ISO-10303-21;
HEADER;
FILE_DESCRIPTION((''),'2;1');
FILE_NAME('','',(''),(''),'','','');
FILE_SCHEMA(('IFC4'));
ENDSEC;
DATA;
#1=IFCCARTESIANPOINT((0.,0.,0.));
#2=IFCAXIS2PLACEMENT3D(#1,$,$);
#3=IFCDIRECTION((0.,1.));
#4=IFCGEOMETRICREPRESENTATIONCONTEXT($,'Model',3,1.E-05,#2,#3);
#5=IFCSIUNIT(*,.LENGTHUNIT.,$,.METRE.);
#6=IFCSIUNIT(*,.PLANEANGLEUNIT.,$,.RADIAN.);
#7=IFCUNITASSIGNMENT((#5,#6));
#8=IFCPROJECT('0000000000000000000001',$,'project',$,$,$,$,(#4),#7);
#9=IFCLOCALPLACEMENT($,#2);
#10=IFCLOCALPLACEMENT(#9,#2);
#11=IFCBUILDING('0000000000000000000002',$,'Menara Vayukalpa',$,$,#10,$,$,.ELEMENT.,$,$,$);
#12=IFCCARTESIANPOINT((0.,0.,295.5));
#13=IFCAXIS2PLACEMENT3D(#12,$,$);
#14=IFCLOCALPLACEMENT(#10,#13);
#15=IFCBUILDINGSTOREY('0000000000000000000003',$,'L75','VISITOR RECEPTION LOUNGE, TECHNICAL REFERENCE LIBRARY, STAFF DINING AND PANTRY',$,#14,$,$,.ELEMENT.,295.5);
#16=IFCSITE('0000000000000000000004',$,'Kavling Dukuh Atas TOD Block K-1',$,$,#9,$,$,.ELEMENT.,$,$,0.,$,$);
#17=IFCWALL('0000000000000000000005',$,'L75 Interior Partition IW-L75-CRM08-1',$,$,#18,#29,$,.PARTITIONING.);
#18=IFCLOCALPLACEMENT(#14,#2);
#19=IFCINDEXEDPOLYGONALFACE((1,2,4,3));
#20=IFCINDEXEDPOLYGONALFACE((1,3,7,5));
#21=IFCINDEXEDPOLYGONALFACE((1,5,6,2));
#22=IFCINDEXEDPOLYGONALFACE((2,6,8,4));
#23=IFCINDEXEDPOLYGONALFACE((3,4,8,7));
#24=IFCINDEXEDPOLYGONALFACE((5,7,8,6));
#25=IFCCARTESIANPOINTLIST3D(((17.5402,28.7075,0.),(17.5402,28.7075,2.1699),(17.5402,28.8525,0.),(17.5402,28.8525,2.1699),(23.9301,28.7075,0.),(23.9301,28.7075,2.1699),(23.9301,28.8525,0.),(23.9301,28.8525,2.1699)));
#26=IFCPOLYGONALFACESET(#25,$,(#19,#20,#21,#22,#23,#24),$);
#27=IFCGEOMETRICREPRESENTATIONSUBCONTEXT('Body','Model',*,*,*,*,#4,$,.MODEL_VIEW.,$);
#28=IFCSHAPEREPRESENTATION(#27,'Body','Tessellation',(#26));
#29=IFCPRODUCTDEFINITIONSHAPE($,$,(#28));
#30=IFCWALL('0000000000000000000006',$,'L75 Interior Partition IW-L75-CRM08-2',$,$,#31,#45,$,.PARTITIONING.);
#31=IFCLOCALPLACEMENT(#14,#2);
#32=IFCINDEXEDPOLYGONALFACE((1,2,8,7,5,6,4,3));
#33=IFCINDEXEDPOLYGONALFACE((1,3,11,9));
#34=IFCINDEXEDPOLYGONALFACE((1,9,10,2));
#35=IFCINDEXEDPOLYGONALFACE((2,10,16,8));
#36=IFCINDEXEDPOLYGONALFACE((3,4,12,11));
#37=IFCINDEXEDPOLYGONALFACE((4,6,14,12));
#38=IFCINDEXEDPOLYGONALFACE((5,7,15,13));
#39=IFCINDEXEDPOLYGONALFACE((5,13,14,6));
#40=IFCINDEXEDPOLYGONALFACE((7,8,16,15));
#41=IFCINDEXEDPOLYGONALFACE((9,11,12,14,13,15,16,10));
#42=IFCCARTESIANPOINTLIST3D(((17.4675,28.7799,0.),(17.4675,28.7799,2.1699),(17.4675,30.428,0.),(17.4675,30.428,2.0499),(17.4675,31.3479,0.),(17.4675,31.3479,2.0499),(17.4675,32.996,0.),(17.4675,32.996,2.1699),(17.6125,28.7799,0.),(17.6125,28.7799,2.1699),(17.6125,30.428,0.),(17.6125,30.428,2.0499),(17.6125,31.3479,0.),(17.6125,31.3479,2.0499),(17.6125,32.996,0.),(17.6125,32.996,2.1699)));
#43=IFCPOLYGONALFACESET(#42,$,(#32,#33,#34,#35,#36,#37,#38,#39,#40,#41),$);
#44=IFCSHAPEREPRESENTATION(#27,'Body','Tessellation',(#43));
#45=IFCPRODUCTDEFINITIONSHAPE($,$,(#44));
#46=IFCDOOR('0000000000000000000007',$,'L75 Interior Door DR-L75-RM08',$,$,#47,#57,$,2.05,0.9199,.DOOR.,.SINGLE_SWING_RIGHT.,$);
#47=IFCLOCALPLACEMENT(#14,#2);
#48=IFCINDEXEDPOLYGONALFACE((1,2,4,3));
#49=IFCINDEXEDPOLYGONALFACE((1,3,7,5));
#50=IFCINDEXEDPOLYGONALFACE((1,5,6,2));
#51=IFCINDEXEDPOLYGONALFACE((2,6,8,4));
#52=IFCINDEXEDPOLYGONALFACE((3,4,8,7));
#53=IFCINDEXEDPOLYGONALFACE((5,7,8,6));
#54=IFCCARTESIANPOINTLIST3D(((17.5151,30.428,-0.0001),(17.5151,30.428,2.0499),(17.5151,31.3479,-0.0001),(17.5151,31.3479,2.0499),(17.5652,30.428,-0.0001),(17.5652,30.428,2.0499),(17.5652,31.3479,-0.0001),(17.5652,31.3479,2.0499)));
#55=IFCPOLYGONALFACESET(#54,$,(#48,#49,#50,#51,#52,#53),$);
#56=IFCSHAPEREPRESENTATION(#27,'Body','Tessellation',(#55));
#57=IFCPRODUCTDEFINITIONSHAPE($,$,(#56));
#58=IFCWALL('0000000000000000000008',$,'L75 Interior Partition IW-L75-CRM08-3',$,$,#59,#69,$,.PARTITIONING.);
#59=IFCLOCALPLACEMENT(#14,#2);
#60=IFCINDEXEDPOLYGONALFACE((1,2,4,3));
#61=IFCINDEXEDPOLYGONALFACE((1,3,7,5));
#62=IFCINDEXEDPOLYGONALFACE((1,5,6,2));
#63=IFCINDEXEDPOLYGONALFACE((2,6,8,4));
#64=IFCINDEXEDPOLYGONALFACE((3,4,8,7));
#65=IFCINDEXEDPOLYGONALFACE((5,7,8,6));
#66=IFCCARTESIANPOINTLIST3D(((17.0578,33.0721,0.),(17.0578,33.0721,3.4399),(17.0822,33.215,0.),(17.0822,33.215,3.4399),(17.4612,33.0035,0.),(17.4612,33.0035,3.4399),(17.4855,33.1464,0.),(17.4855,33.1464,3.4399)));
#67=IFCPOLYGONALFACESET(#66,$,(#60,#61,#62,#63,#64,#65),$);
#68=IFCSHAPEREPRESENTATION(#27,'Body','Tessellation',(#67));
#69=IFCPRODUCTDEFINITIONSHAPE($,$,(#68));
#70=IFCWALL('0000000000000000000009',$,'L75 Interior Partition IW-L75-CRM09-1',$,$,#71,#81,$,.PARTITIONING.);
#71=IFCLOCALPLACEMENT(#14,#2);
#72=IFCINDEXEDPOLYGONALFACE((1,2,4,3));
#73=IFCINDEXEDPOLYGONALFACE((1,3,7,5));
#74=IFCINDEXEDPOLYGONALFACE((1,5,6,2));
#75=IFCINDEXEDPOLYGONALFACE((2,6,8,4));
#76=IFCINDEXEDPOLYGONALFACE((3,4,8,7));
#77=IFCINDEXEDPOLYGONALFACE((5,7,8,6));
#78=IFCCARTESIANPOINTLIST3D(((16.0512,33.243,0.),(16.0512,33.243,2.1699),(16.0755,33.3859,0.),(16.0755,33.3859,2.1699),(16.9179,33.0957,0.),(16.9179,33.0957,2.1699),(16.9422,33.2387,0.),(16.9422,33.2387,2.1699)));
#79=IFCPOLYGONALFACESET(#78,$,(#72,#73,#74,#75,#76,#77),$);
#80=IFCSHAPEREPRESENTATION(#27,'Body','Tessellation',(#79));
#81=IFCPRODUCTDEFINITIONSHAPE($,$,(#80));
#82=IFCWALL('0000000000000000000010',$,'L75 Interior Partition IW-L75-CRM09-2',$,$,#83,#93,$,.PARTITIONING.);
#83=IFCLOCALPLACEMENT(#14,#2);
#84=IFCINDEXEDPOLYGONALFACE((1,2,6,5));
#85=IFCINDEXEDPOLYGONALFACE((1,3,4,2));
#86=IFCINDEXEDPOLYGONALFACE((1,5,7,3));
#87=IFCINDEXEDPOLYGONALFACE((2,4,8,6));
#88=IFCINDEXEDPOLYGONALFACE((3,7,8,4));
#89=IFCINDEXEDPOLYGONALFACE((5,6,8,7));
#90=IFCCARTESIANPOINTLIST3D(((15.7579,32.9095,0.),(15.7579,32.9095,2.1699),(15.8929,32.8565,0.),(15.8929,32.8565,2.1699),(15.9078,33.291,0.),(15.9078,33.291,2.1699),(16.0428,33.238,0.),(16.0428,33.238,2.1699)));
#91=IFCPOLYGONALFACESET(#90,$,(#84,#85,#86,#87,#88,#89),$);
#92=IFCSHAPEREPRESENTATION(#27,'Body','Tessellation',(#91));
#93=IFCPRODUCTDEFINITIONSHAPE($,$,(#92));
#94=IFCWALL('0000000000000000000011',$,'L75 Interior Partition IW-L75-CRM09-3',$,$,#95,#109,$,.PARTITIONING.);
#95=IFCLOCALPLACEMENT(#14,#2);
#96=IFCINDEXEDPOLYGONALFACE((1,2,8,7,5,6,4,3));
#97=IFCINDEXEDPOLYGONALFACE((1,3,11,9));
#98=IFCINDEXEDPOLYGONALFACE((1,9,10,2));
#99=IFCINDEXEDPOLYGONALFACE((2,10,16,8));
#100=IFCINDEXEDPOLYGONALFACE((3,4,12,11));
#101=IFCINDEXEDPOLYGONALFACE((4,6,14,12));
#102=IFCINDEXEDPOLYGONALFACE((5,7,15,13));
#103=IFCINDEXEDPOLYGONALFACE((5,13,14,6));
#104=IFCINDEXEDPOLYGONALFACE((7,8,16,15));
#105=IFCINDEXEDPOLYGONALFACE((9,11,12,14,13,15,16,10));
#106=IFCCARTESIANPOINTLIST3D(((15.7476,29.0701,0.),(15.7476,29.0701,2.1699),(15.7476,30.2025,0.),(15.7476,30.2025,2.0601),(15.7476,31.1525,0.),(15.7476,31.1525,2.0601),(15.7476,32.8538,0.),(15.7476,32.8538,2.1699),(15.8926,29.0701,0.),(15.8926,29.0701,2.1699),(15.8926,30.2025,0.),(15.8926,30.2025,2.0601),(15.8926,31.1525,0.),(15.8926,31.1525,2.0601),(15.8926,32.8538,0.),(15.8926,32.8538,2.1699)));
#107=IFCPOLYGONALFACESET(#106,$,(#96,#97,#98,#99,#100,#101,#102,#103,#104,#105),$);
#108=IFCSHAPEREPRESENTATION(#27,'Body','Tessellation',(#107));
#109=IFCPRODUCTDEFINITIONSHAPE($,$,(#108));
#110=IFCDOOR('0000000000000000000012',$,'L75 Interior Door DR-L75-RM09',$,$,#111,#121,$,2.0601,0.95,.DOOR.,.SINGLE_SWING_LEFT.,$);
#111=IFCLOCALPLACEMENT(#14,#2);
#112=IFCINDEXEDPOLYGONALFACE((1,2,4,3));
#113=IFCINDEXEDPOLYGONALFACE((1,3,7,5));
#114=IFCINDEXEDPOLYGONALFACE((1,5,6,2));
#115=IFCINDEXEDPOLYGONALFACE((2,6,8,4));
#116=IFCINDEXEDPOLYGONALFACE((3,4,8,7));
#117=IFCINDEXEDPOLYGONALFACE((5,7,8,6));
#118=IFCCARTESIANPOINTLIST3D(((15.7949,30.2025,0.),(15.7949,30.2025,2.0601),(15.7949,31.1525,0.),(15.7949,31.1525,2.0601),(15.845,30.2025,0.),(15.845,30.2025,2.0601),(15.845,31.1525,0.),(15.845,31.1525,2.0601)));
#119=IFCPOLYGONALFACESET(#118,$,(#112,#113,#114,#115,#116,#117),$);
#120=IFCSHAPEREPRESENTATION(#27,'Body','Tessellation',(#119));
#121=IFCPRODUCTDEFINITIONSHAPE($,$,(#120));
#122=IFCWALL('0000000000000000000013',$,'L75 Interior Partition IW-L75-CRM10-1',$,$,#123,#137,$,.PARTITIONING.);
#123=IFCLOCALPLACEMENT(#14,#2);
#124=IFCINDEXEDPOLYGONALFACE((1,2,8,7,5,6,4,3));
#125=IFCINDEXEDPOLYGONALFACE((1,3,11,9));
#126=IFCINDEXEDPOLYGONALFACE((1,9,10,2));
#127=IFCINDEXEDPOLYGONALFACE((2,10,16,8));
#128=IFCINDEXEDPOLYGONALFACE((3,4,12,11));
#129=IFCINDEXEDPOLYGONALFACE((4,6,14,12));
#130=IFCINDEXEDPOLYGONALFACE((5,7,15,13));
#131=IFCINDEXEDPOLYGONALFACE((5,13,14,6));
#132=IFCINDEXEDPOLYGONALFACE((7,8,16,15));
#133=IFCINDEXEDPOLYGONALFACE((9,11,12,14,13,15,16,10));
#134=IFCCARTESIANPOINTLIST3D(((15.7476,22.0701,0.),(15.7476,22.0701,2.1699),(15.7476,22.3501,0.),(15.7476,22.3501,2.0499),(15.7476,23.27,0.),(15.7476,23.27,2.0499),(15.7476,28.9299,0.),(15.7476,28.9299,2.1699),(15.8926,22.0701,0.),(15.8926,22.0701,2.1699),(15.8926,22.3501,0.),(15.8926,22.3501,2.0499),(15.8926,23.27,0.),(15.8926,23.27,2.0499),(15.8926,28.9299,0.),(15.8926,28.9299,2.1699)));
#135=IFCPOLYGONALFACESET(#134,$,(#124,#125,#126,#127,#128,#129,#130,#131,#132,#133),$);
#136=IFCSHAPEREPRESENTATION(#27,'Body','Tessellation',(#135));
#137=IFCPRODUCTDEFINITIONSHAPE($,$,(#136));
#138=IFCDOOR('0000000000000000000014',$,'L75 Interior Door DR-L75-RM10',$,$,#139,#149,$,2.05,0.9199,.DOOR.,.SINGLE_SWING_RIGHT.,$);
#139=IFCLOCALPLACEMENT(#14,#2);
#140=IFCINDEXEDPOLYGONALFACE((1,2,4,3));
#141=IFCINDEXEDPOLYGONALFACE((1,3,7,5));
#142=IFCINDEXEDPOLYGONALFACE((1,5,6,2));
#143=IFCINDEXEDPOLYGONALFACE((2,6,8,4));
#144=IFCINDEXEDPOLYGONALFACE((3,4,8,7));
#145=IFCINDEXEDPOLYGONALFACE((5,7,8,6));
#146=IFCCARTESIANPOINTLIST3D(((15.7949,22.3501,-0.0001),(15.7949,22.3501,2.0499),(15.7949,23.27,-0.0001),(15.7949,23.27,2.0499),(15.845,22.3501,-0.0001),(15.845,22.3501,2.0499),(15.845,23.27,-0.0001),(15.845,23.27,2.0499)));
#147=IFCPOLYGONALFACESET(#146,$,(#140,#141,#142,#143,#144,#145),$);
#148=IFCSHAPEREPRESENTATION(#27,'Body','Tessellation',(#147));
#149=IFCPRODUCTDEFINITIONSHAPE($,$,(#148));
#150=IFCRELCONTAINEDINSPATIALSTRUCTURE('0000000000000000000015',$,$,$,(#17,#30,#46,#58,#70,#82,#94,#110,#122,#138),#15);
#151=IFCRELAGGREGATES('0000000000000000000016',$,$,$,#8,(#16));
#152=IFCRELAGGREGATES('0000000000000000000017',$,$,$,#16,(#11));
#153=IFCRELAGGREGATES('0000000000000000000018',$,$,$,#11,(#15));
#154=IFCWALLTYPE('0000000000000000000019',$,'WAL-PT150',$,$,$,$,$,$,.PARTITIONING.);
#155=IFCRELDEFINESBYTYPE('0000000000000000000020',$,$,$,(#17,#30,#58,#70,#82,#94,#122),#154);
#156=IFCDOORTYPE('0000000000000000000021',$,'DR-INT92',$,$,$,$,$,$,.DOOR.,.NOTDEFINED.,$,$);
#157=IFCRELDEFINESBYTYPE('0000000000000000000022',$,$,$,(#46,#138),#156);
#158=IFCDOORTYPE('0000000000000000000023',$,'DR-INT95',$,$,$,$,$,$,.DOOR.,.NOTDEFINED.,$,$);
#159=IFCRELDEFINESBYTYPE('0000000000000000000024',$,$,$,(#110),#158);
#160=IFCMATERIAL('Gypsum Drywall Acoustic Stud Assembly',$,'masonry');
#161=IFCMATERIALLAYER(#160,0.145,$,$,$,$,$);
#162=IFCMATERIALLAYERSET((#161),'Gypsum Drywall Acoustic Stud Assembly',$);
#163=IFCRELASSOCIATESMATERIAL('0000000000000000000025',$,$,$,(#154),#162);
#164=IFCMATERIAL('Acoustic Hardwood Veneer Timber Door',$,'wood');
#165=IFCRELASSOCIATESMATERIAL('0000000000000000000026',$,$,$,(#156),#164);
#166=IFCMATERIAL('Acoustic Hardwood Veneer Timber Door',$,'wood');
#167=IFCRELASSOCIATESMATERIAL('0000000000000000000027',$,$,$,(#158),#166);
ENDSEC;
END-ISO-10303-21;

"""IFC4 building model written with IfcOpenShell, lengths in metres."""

from ifc_helpers import new_model, si_unit, direction, frame, frame_2d, origin, place, context, subcontext, project, spatial, rectangle, extrude, material, layer, layer_set, type_object, element, fill, save


model = new_model("IFC4")

# Units and contexts
model_context = context("Model", 3, precision=1e-05, world=origin(), true_north=direction((0.0, 1.0)))
body_context = subcontext(model_context, "Body", "Model", "MODEL_VIEW")
ifc_project = project(units=[si_unit("LENGTHUNIT", "METRE"), si_unit("PLANEANGLEUNIT", "RADIAN")], contexts=[model_context])

# Site, building, storey
site_placement = place(None, origin())
site = spatial("IfcSite", under=ifc_project, at=site_placement, Name="Kavling Dukuh Atas TOD Block K-1", CompositionType="ELEMENT", RefElevation=0.0)
building_placement = place(site_placement, origin())
building = spatial("IfcBuilding", under=site, at=building_placement, Name="Menara Vayukalpa", CompositionType="ELEMENT")
storey_placement = place(building_placement, frame((0.0, 0.0, 295.5)))
storey = spatial("IfcBuildingStorey", under=building, at=storey_placement, Name="L75", Description="VISITOR RECEPTION LOUNGE, TECHNICAL REFERENCE LIBRARY, STAFF DINING AND PANTRY", CompositionType="ELEMENT", Elevation=295.5)

# Wall
ifc_material_1 = material(Name="Gypsum Drywall Acoustic Stud Assembly", Category="masonry")
ifc_layer_1 = layer(ifc_material_1, 0.145)
ifc_layer_set_1 = layer_set([ifc_layer_1], Name="Gypsum Drywall Acoustic Stud Assembly")
wall_type_1 = type_object("IfcWallType", Name="WAL-PT150", PredefinedType="PARTITIONING", material=ifc_layer_set_1)
wall_1_placement = place(storey_placement, frame((23.9299, 28.78, 0.0), z_axis=(0.0, 0.0, 1.0), x_axis=(-1.0, 0.0, 0.0)))
element("IfcWall", 1, at=wall_1_placement, inside=storey, type_object=wall_type_1, Name="L75 Interior Partition IW-L75-CRM08-1", PredefinedType="PARTITIONING", context=body_context, shape_type="SweptSolid", body=[
    extrude(rectangle(XDim=6.3899, YDim=0.145, at=frame_2d((3.1948, 0.0))), origin(), (0.0, 0.0, 1.0), 2.1699),
])

# Wall, opening, door
wall_2_placement = place(storey_placement, frame((17.54, 28.78, 0.0), z_axis=(0.0, 0.0, 1.0), x_axis=(0.0, 1.0, 0.0)))
wall_2 = element("IfcWall", 2, at=wall_2_placement, inside=storey, type_object=wall_type_1, Name="L75 Interior Partition IW-L75-CRM08-2", PredefinedType="PARTITIONING", context=body_context, shape_type="SweptSolid", body=[
    extrude(rectangle(XDim=4.2161, YDim=0.145, at=frame_2d((2.1079, 0.0))), origin(), (0.0, 0.0, 1.0), 2.1699),
])
opening_1_placement = place(wall_2_placement, frame((1.6479, 0.0, 0.0)))
opening_1 = element("IfcOpeningElement", 3, at=opening_1_placement, cuts=wall_2, PredefinedType="OPENING", context=body_context, shape_type="SweptSolid", body=[
    extrude(rectangle(XDim=0.9199, YDim=2.05, at=frame_2d((0.46, 1.0249))), frame((0.0, 0.0825, 0.0), z_axis=(0.0, -1.0, 0.0), x_axis=(1.0, 0.0, 0.0)), (0.0, 0.0, 1.0), 0.165),
])
ifc_material_2 = material(Name="Acoustic Hardwood Veneer Timber Door", Category="wood")
door_type_1 = type_object("IfcDoorType", Name="DR-INT92", OperationType="NOTDEFINED", PredefinedType="DOOR", material=ifc_material_2)
door_1_placement = place(opening_1_placement, origin())
door_1 = element("IfcDoor", 4, at=door_1_placement, inside=storey, type_object=door_type_1, Name="L75 Interior Door DR-L75-RM08", OperationType="SINGLE_SWING_RIGHT", OverallHeight=2.05, OverallWidth=0.9199, PredefinedType="DOOR", context=body_context, shape_type="SweptSolid", body=[
    extrude(rectangle(XDim=0.9199, YDim=2.05, at=frame_2d((0.46, 1.0249))), frame((0.0, 0.0249, 0.0), z_axis=(0.0, -1.0, 0.0), x_axis=(1.0, 0.0, 0.0)), (0.0, 0.0, 1.0), 0.05),
])
fill(opening_1, door_1)

# Walls
wall_3_placement = place(storey_placement, frame((17.4734, 33.075, 0.0), z_axis=(0.0, 0.0, 1.0), x_axis=(-0.98584, 0.167688, 0.0)))
element("IfcWall", 5, at=wall_3_placement, inside=storey, type_object=wall_type_1, Name="L75 Interior Partition IW-L75-CRM08-3", PredefinedType="PARTITIONING", context=body_context, shape_type="SweptSolid", body=[
    extrude(rectangle(XDim=0.4092, YDim=0.145, at=frame_2d((0.2046, 0.0))), origin(), (0.0, 0.0, 1.0), 3.4399),
])
wall_4_placement = place(storey_placement, frame((16.9299, 33.1672, 0.0), z_axis=(0.0, 0.0, 1.0), x_axis=(-0.985879, 0.167461, 0.0)))
element("IfcWall", 6, at=wall_4_placement, inside=storey, type_object=wall_type_1, Name="L75 Interior Partition IW-L75-CRM09-1", PredefinedType="PARTITIONING", context=body_context, shape_type="SweptSolid", body=[
    extrude(rectangle(XDim=0.8792, YDim=0.145, at=frame_2d((0.4395, 0.0))), origin(), (0.0, 0.0, 1.0), 2.1699),
])
wall_5_placement = place(storey_placement, frame((15.9753, 33.2646, 0.0), z_axis=(0.0, 0.0, 1.0), x_axis=(-0.365634, -0.930759, 0.0)))
element("IfcWall", 7, at=wall_5_placement, inside=storey, type_object=wall_type_1, Name="L75 Interior Partition IW-L75-CRM09-2", PredefinedType="PARTITIONING", context=body_context, shape_type="SweptSolid", body=[
    extrude(rectangle(XDim=0.4099, YDim=0.145, at=frame_2d((0.2051, 0.0))), origin(), (0.0, 0.0, 1.0), 2.1699),
])

# Walls, openings, doors
wall_6_placement = place(storey_placement, frame((15.8201, 32.8538, 0.0), z_axis=(0.0, 0.0, 1.0), x_axis=(0.0, -1.0, 0.0)))
wall_6 = element("IfcWall", 8, at=wall_6_placement, inside=storey, type_object=wall_type_1, Name="L75 Interior Partition IW-L75-CRM09-3", PredefinedType="PARTITIONING", context=body_context, shape_type="SweptSolid", body=[
    extrude(rectangle(XDim=3.7837, YDim=0.145, at=frame_2d((1.8918, 0.0))), origin(), (0.0, 0.0, 1.0), 2.1699),
])
opening_2_placement = place(wall_6_placement, frame((1.7012, 0.0, 0.0)))
opening_2 = element("IfcOpeningElement", 9, at=opening_2_placement, cuts=wall_6, PredefinedType="OPENING", context=body_context, shape_type="SweptSolid", body=[
    extrude(rectangle(XDim=0.95, YDim=2.0601, at=frame_2d((0.4751, 1.03))), frame((0.0, 0.0825, 0.0), z_axis=(0.0, -1.0, 0.0), x_axis=(1.0, 0.0, 0.0)), (0.0, 0.0, 1.0), 0.165),
])
ifc_material_3 = material(Name="Acoustic Hardwood Veneer Timber Door", Category="wood")
door_type_2 = type_object("IfcDoorType", Name="DR-INT95", OperationType="NOTDEFINED", PredefinedType="DOOR", material=ifc_material_3)
door_2_placement = place(opening_2_placement, origin())
door_2 = element("IfcDoor", 10, at=door_2_placement, inside=storey, type_object=door_type_2, Name="L75 Interior Door DR-L75-RM09", OperationType="SINGLE_SWING_LEFT", OverallHeight=2.0601, OverallWidth=0.95, PredefinedType="DOOR", context=body_context, shape_type="SweptSolid", body=[
    extrude(rectangle(XDim=0.95, YDim=2.0601, at=frame_2d((0.4751, 1.03))), frame((0.0, 0.0249, 0.0), z_axis=(0.0, -1.0, 0.0), x_axis=(1.0, 0.0, 0.0)), (0.0, 0.0, 1.0), 0.05),
])
fill(opening_2, door_2)
wall_7_placement = place(storey_placement, frame((15.8201, 28.9299, 0.0), z_axis=(0.0, 0.0, 1.0), x_axis=(0.0, -1.0, 0.0)))
wall_7 = element("IfcWall", 11, at=wall_7_placement, inside=storey, type_object=wall_type_1, Name="L75 Interior Partition IW-L75-CRM10-1", PredefinedType="PARTITIONING", context=body_context, shape_type="SweptSolid", body=[
    extrude(rectangle(XDim=6.8599, YDim=0.145, at=frame_2d((3.4299, 0.0))), origin(), (0.0, 0.0, 1.0), 2.1699),
])
opening_3_placement = place(wall_7_placement, frame((5.6599, 0.0, 0.0)))
opening_3 = element("IfcOpeningElement", 12, at=opening_3_placement, cuts=wall_7, PredefinedType="OPENING", context=body_context, shape_type="SweptSolid", body=[
    extrude(rectangle(XDim=0.9199, YDim=2.05, at=frame_2d((0.46, 1.0249))), frame((0.0, 0.0825, 0.0), z_axis=(0.0, -1.0, 0.0), x_axis=(1.0, 0.0, 0.0)), (0.0, 0.0, 1.0), 0.165),
])
door_3_placement = place(opening_3_placement, origin())
door_3 = element("IfcDoor", 13, at=door_3_placement, inside=storey, type_object=door_type_1, Name="L75 Interior Door DR-L75-RM10", OperationType="SINGLE_SWING_RIGHT", OverallHeight=2.05, OverallWidth=0.9199, PredefinedType="DOOR", context=body_context, shape_type="SweptSolid", body=[
    extrude(rectangle(XDim=0.9199, YDim=2.05, at=frame_2d((0.46, 1.0249))), frame((0.0, 0.0249, 0.0), z_axis=(0.0, -1.0, 0.0), x_axis=(1.0, 0.0, 0.0)), (0.0, 0.0, 1.0), 0.05),
])
fill(opening_3, door_3)

save(model, "model.ifc")
